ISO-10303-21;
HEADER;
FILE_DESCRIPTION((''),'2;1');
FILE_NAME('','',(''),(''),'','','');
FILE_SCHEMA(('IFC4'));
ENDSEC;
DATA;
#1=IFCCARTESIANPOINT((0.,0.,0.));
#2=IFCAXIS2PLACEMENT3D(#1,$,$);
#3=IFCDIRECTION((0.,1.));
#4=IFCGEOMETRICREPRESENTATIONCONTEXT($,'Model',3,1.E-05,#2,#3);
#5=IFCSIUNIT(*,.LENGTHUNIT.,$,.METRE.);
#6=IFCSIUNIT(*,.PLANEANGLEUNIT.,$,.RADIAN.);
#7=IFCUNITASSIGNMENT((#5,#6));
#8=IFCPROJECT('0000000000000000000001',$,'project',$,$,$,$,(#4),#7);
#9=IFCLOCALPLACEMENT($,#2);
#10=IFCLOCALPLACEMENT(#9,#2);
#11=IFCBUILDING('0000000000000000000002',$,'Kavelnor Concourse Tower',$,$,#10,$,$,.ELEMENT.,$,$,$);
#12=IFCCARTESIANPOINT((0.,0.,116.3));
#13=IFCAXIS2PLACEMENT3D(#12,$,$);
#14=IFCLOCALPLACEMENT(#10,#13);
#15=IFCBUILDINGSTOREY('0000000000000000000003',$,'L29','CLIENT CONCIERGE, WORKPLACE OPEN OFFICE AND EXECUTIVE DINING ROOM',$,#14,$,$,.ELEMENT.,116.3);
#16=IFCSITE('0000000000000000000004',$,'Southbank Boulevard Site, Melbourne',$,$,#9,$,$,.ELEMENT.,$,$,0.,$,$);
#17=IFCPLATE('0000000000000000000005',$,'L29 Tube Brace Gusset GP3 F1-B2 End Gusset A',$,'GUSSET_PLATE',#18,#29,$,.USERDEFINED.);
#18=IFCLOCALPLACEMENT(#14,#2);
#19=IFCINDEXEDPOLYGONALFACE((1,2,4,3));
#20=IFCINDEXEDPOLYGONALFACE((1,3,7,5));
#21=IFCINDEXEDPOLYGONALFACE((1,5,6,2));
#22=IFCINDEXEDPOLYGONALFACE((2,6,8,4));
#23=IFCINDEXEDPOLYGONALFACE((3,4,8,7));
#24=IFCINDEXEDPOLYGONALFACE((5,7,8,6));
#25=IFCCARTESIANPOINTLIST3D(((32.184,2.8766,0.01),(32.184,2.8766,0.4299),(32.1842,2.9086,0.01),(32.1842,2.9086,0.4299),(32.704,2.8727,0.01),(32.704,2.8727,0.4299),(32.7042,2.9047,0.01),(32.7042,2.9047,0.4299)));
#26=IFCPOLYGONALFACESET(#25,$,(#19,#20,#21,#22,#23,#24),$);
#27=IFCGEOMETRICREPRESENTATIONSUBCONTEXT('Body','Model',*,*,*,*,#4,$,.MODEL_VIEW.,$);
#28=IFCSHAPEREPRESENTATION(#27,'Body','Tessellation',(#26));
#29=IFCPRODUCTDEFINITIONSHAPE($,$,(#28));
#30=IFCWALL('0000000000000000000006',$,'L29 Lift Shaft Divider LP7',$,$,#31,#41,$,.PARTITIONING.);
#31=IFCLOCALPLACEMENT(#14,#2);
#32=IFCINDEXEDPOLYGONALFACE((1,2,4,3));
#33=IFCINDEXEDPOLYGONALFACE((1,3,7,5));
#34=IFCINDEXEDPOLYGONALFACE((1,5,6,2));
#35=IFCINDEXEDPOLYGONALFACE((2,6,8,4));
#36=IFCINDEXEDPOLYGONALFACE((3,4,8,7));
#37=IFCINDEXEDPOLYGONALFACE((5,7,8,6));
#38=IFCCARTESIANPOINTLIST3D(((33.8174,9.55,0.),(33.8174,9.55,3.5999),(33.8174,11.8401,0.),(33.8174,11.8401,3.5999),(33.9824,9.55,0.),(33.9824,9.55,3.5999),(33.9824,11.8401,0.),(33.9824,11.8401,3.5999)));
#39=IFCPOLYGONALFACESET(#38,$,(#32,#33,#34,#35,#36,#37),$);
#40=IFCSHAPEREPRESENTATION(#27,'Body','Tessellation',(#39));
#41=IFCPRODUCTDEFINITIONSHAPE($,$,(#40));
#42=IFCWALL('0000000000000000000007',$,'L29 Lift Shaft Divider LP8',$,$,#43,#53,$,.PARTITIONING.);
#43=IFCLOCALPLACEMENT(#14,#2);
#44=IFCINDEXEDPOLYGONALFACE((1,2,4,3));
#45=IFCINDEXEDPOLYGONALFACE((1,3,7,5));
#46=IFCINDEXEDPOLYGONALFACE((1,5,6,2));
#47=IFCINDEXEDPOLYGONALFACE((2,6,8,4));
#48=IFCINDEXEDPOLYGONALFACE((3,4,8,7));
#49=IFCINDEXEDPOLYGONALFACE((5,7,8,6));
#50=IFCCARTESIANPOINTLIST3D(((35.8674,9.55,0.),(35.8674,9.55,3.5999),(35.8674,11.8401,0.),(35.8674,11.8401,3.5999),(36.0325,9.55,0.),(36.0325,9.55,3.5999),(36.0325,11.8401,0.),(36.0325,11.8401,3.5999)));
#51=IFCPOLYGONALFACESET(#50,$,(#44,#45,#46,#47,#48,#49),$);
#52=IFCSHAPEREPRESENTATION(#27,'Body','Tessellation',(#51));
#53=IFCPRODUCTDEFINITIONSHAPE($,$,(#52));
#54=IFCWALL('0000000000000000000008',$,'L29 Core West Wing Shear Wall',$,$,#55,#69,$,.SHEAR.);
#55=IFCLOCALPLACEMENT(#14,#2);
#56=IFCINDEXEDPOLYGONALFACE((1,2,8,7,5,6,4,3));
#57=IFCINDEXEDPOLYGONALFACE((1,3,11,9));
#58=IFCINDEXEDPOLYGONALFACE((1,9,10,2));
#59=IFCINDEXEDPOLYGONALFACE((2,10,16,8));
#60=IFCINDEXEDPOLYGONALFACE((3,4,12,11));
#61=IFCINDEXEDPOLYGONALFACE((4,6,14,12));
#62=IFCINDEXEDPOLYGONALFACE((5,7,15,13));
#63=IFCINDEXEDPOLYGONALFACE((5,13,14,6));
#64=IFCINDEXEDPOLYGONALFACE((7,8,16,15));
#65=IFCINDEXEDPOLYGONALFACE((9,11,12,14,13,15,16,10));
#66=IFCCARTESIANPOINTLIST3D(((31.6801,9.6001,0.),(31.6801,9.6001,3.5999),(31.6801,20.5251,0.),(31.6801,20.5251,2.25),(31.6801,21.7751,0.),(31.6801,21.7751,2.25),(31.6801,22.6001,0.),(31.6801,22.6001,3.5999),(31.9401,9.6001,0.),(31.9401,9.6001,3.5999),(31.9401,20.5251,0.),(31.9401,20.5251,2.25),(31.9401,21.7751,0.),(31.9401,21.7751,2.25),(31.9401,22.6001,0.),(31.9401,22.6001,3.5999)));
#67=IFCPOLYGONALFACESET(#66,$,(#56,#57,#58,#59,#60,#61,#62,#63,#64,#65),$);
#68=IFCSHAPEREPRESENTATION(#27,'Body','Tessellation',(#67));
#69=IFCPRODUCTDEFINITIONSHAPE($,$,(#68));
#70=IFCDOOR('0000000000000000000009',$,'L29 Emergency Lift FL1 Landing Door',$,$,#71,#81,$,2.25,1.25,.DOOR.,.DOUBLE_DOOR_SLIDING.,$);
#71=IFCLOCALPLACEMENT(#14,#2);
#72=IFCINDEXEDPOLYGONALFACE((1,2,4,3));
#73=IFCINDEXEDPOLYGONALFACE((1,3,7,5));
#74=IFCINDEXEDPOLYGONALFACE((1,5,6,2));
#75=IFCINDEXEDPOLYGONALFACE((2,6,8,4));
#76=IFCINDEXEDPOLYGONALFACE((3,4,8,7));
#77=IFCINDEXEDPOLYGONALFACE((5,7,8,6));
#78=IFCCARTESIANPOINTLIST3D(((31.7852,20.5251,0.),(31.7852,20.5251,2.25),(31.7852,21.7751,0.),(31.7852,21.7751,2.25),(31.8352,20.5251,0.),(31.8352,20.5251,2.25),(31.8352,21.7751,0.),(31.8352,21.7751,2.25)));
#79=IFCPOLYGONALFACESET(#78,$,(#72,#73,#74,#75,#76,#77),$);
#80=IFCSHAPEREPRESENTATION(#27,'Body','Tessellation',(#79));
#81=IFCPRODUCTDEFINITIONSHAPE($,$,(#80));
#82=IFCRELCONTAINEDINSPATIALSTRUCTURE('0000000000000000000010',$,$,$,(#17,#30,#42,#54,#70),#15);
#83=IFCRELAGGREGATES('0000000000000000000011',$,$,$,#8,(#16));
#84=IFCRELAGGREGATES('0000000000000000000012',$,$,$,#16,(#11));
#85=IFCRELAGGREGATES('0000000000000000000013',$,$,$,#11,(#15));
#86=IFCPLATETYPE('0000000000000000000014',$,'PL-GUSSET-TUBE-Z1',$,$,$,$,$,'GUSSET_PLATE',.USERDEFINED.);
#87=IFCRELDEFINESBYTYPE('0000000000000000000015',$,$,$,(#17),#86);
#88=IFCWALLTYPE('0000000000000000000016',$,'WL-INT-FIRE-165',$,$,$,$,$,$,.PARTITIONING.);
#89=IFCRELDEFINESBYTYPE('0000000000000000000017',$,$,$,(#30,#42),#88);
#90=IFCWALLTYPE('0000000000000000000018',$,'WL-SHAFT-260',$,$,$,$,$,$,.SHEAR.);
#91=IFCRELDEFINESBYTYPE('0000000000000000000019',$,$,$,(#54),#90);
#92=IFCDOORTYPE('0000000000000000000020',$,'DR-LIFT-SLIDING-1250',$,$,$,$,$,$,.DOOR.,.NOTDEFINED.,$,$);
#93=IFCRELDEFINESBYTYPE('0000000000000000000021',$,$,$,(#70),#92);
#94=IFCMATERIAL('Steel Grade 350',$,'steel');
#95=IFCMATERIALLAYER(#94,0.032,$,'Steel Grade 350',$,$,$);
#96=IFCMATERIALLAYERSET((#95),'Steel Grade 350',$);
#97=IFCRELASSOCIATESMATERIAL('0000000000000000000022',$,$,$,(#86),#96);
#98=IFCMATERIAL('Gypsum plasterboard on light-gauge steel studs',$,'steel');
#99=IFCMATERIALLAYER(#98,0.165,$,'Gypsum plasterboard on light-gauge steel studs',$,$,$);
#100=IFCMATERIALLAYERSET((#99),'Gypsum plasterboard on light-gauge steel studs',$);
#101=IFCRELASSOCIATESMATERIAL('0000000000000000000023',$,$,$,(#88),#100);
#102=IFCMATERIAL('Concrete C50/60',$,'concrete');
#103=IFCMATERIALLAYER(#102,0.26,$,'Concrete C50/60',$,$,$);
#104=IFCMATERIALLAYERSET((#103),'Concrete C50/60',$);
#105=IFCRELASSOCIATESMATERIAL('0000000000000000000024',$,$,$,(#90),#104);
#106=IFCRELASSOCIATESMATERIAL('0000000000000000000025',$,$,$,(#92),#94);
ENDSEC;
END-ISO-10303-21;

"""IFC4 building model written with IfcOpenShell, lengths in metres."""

from ifc_helpers import new_model, si_unit, direction, frame, frame_2d, origin, origin_2d, place, context, subcontext, project, spatial, rectangle, extrude, material, layer, layer_set, type_object, element, fill, save


model = new_model("IFC4")

# Units and contexts
model_context = context("Model", 3, precision=1e-05, world=origin(), true_north=direction((0.0, 1.0)))
body_context = subcontext(model_context, "Body", "Model", "MODEL_VIEW")
ifc_project = project(units=[si_unit("LENGTHUNIT", "METRE"), si_unit("PLANEANGLEUNIT", "RADIAN")], contexts=[model_context])

# Site, building, storey
site_placement = place(None, origin())
site = spatial("IfcSite", under=ifc_project, at=site_placement, Name="Southbank Boulevard Site, Melbourne", CompositionType="ELEMENT", RefElevation=0.0)
building_placement = place(site_placement, origin())
building = spatial("IfcBuilding", under=site, at=building_placement, Name="Kavelnor Concourse Tower", CompositionType="ELEMENT")
storey_placement = place(building_placement, frame((0.0, 0.0, 116.3)))
storey = spatial("IfcBuildingStorey", under=building, at=storey_placement, Name="L29", Description="CLIENT CONCIERGE, WORKPLACE OPEN OFFICE AND EXECUTIVE DINING ROOM", CompositionType="ELEMENT", Elevation=116.3)

# Shared definitions
ifc_material_1 = material(Name="Steel Grade 350", Category="steel")

# Plate
ifc_layer_1 = layer(ifc_material_1, 0.032, Name="Steel Grade 350")
ifc_layer_set_1 = layer_set([ifc_layer_1], Name="Steel Grade 350")
plate_type = type_object("IfcPlateType", Name="PL-GUSSET-TUBE-Z1", ElementType="GUSSET_PLATE", PredefinedType="USERDEFINED", material=ifc_layer_set_1)
plate_placement = place(storey_placement, frame((32.4441, 2.8906, 0.01), z_axis=(0.0, 0.0, 1.0), x_axis=(0.999972, -0.007505, 0.0)))
element("IfcPlate", 1, at=plate_placement, inside=storey, type_object=plate_type, Name="L29 Tube Brace Gusset GP3 F1-B2 End Gusset A", ObjectType="GUSSET_PLATE", PredefinedType="USERDEFINED", context=body_context, shape_type="SweptSolid", body=[
    extrude(rectangle(XDim=0.52, YDim=0.032, at=origin_2d()), origin(), (0.0, 0.0, 1.0), 0.4199),
])

# Walls
ifc_material_2 = material(Name="Gypsum plasterboard on light-gauge steel studs", Category="steel")
ifc_layer_2 = layer(ifc_material_2, 0.165, Name="Gypsum plasterboard on light-gauge steel studs")
ifc_layer_set_2 = layer_set([ifc_layer_2], Name="Gypsum plasterboard on light-gauge steel studs")
wall_type_1 = type_object("IfcWallType", Name="WL-INT-FIRE-165", PredefinedType="PARTITIONING", material=ifc_layer_set_2)
for number, where, z_axis, x_axis, name in (
    (2, (33.8999, 9.55, 0.0), (0.0, 0.0, 1.0), (0.0, 1.0, 0.0), "L29 Lift Shaft Divider LP7"),
    (3, (35.95, 9.55, 0.0), (0.0, 0.0, 1.0), (0.0, 1.0, 0.0), "L29 Lift Shaft Divider LP8"),
):
    element("IfcWall", number, at=place(storey_placement, frame(where, z_axis=z_axis, x_axis=x_axis)), inside=storey, type_object=wall_type_1, Name=name, PredefinedType="PARTITIONING", context=body_context, shape_type="SweptSolid", body=[
        extrude(rectangle(XDim=2.29, YDim=0.165, at=frame_2d((1.145, 0.0))), origin(), (0.0, 0.0, 1.0), 3.5999),
    ])

# Wall, opening, door
ifc_material_3 = material(Name="Concrete C50/60", Category="concrete")
ifc_layer_3 = layer(ifc_material_3, 0.26, Name="Concrete C50/60")
ifc_layer_set_3 = layer_set([ifc_layer_3], Name="Concrete C50/60")
wall_type_2 = type_object("IfcWallType", Name="WL-SHAFT-260", PredefinedType="SHEAR", material=ifc_layer_set_3)
wall_1_placement = place(storey_placement, frame((31.8101, 9.6001, 0.0), z_axis=(0.0, 0.0, 1.0), x_axis=(0.0, 1.0, 0.0)))
wall_1 = element("IfcWall", 4, at=wall_1_placement, inside=storey, type_object=wall_type_2, Name="L29 Core West Wing Shear Wall", PredefinedType="SHEAR", context=body_context, shape_type="SweptSolid", body=[
    extrude(rectangle(XDim=13.0, YDim=0.26, at=frame_2d((6.5, 0.0))), origin(), (0.0, 0.0, 1.0), 3.5999),
])
opening_1_placement = place(wall_1_placement, frame((10.925, 0.0, 0.0)))
opening_1 = element("IfcOpeningElement", 5, at=opening_1_placement, cuts=wall_1, PredefinedType="OPENING", context=body_context, shape_type="SweptSolid", body=[
    extrude(rectangle(XDim=1.25, YDim=2.25, at=frame_2d((0.625, 1.125))), frame((0.0, 0.1401, 0.0), z_axis=(0.0, -1.0, 0.0), x_axis=(1.0, 0.0, 0.0)), (0.0, 0.0, 1.0), 0.28),
])
door_type_1 = type_object("IfcDoorType", Name="DR-LIFT-SLIDING-1250", OperationType="NOTDEFINED", PredefinedType="DOOR", material=ifc_material_1)
door_1_placement = place(opening_1_placement, origin())
door_1 = element("IfcDoor", 6, at=door_1_placement, inside=storey, type_object=door_type_1, Name="L29 Emergency Lift FL1 Landing Door", OperationType="DOUBLE_DOOR_SLIDING", OverallHeight=2.25, OverallWidth=1.25, PredefinedType="DOOR", context=body_context, shape_type="SweptSolid", body=[
    extrude(rectangle(XDim=1.25, YDim=2.25, at=frame_2d((0.625, 1.125))), frame((0.0, 0.0249, 0.0), z_axis=(0.0, -1.0, 0.0), x_axis=(1.0, 0.0, 0.0)), (0.0, 0.0, 1.0), 0.05),
])
fill(opening_1, door_1)

save(model, "model.ifc")
